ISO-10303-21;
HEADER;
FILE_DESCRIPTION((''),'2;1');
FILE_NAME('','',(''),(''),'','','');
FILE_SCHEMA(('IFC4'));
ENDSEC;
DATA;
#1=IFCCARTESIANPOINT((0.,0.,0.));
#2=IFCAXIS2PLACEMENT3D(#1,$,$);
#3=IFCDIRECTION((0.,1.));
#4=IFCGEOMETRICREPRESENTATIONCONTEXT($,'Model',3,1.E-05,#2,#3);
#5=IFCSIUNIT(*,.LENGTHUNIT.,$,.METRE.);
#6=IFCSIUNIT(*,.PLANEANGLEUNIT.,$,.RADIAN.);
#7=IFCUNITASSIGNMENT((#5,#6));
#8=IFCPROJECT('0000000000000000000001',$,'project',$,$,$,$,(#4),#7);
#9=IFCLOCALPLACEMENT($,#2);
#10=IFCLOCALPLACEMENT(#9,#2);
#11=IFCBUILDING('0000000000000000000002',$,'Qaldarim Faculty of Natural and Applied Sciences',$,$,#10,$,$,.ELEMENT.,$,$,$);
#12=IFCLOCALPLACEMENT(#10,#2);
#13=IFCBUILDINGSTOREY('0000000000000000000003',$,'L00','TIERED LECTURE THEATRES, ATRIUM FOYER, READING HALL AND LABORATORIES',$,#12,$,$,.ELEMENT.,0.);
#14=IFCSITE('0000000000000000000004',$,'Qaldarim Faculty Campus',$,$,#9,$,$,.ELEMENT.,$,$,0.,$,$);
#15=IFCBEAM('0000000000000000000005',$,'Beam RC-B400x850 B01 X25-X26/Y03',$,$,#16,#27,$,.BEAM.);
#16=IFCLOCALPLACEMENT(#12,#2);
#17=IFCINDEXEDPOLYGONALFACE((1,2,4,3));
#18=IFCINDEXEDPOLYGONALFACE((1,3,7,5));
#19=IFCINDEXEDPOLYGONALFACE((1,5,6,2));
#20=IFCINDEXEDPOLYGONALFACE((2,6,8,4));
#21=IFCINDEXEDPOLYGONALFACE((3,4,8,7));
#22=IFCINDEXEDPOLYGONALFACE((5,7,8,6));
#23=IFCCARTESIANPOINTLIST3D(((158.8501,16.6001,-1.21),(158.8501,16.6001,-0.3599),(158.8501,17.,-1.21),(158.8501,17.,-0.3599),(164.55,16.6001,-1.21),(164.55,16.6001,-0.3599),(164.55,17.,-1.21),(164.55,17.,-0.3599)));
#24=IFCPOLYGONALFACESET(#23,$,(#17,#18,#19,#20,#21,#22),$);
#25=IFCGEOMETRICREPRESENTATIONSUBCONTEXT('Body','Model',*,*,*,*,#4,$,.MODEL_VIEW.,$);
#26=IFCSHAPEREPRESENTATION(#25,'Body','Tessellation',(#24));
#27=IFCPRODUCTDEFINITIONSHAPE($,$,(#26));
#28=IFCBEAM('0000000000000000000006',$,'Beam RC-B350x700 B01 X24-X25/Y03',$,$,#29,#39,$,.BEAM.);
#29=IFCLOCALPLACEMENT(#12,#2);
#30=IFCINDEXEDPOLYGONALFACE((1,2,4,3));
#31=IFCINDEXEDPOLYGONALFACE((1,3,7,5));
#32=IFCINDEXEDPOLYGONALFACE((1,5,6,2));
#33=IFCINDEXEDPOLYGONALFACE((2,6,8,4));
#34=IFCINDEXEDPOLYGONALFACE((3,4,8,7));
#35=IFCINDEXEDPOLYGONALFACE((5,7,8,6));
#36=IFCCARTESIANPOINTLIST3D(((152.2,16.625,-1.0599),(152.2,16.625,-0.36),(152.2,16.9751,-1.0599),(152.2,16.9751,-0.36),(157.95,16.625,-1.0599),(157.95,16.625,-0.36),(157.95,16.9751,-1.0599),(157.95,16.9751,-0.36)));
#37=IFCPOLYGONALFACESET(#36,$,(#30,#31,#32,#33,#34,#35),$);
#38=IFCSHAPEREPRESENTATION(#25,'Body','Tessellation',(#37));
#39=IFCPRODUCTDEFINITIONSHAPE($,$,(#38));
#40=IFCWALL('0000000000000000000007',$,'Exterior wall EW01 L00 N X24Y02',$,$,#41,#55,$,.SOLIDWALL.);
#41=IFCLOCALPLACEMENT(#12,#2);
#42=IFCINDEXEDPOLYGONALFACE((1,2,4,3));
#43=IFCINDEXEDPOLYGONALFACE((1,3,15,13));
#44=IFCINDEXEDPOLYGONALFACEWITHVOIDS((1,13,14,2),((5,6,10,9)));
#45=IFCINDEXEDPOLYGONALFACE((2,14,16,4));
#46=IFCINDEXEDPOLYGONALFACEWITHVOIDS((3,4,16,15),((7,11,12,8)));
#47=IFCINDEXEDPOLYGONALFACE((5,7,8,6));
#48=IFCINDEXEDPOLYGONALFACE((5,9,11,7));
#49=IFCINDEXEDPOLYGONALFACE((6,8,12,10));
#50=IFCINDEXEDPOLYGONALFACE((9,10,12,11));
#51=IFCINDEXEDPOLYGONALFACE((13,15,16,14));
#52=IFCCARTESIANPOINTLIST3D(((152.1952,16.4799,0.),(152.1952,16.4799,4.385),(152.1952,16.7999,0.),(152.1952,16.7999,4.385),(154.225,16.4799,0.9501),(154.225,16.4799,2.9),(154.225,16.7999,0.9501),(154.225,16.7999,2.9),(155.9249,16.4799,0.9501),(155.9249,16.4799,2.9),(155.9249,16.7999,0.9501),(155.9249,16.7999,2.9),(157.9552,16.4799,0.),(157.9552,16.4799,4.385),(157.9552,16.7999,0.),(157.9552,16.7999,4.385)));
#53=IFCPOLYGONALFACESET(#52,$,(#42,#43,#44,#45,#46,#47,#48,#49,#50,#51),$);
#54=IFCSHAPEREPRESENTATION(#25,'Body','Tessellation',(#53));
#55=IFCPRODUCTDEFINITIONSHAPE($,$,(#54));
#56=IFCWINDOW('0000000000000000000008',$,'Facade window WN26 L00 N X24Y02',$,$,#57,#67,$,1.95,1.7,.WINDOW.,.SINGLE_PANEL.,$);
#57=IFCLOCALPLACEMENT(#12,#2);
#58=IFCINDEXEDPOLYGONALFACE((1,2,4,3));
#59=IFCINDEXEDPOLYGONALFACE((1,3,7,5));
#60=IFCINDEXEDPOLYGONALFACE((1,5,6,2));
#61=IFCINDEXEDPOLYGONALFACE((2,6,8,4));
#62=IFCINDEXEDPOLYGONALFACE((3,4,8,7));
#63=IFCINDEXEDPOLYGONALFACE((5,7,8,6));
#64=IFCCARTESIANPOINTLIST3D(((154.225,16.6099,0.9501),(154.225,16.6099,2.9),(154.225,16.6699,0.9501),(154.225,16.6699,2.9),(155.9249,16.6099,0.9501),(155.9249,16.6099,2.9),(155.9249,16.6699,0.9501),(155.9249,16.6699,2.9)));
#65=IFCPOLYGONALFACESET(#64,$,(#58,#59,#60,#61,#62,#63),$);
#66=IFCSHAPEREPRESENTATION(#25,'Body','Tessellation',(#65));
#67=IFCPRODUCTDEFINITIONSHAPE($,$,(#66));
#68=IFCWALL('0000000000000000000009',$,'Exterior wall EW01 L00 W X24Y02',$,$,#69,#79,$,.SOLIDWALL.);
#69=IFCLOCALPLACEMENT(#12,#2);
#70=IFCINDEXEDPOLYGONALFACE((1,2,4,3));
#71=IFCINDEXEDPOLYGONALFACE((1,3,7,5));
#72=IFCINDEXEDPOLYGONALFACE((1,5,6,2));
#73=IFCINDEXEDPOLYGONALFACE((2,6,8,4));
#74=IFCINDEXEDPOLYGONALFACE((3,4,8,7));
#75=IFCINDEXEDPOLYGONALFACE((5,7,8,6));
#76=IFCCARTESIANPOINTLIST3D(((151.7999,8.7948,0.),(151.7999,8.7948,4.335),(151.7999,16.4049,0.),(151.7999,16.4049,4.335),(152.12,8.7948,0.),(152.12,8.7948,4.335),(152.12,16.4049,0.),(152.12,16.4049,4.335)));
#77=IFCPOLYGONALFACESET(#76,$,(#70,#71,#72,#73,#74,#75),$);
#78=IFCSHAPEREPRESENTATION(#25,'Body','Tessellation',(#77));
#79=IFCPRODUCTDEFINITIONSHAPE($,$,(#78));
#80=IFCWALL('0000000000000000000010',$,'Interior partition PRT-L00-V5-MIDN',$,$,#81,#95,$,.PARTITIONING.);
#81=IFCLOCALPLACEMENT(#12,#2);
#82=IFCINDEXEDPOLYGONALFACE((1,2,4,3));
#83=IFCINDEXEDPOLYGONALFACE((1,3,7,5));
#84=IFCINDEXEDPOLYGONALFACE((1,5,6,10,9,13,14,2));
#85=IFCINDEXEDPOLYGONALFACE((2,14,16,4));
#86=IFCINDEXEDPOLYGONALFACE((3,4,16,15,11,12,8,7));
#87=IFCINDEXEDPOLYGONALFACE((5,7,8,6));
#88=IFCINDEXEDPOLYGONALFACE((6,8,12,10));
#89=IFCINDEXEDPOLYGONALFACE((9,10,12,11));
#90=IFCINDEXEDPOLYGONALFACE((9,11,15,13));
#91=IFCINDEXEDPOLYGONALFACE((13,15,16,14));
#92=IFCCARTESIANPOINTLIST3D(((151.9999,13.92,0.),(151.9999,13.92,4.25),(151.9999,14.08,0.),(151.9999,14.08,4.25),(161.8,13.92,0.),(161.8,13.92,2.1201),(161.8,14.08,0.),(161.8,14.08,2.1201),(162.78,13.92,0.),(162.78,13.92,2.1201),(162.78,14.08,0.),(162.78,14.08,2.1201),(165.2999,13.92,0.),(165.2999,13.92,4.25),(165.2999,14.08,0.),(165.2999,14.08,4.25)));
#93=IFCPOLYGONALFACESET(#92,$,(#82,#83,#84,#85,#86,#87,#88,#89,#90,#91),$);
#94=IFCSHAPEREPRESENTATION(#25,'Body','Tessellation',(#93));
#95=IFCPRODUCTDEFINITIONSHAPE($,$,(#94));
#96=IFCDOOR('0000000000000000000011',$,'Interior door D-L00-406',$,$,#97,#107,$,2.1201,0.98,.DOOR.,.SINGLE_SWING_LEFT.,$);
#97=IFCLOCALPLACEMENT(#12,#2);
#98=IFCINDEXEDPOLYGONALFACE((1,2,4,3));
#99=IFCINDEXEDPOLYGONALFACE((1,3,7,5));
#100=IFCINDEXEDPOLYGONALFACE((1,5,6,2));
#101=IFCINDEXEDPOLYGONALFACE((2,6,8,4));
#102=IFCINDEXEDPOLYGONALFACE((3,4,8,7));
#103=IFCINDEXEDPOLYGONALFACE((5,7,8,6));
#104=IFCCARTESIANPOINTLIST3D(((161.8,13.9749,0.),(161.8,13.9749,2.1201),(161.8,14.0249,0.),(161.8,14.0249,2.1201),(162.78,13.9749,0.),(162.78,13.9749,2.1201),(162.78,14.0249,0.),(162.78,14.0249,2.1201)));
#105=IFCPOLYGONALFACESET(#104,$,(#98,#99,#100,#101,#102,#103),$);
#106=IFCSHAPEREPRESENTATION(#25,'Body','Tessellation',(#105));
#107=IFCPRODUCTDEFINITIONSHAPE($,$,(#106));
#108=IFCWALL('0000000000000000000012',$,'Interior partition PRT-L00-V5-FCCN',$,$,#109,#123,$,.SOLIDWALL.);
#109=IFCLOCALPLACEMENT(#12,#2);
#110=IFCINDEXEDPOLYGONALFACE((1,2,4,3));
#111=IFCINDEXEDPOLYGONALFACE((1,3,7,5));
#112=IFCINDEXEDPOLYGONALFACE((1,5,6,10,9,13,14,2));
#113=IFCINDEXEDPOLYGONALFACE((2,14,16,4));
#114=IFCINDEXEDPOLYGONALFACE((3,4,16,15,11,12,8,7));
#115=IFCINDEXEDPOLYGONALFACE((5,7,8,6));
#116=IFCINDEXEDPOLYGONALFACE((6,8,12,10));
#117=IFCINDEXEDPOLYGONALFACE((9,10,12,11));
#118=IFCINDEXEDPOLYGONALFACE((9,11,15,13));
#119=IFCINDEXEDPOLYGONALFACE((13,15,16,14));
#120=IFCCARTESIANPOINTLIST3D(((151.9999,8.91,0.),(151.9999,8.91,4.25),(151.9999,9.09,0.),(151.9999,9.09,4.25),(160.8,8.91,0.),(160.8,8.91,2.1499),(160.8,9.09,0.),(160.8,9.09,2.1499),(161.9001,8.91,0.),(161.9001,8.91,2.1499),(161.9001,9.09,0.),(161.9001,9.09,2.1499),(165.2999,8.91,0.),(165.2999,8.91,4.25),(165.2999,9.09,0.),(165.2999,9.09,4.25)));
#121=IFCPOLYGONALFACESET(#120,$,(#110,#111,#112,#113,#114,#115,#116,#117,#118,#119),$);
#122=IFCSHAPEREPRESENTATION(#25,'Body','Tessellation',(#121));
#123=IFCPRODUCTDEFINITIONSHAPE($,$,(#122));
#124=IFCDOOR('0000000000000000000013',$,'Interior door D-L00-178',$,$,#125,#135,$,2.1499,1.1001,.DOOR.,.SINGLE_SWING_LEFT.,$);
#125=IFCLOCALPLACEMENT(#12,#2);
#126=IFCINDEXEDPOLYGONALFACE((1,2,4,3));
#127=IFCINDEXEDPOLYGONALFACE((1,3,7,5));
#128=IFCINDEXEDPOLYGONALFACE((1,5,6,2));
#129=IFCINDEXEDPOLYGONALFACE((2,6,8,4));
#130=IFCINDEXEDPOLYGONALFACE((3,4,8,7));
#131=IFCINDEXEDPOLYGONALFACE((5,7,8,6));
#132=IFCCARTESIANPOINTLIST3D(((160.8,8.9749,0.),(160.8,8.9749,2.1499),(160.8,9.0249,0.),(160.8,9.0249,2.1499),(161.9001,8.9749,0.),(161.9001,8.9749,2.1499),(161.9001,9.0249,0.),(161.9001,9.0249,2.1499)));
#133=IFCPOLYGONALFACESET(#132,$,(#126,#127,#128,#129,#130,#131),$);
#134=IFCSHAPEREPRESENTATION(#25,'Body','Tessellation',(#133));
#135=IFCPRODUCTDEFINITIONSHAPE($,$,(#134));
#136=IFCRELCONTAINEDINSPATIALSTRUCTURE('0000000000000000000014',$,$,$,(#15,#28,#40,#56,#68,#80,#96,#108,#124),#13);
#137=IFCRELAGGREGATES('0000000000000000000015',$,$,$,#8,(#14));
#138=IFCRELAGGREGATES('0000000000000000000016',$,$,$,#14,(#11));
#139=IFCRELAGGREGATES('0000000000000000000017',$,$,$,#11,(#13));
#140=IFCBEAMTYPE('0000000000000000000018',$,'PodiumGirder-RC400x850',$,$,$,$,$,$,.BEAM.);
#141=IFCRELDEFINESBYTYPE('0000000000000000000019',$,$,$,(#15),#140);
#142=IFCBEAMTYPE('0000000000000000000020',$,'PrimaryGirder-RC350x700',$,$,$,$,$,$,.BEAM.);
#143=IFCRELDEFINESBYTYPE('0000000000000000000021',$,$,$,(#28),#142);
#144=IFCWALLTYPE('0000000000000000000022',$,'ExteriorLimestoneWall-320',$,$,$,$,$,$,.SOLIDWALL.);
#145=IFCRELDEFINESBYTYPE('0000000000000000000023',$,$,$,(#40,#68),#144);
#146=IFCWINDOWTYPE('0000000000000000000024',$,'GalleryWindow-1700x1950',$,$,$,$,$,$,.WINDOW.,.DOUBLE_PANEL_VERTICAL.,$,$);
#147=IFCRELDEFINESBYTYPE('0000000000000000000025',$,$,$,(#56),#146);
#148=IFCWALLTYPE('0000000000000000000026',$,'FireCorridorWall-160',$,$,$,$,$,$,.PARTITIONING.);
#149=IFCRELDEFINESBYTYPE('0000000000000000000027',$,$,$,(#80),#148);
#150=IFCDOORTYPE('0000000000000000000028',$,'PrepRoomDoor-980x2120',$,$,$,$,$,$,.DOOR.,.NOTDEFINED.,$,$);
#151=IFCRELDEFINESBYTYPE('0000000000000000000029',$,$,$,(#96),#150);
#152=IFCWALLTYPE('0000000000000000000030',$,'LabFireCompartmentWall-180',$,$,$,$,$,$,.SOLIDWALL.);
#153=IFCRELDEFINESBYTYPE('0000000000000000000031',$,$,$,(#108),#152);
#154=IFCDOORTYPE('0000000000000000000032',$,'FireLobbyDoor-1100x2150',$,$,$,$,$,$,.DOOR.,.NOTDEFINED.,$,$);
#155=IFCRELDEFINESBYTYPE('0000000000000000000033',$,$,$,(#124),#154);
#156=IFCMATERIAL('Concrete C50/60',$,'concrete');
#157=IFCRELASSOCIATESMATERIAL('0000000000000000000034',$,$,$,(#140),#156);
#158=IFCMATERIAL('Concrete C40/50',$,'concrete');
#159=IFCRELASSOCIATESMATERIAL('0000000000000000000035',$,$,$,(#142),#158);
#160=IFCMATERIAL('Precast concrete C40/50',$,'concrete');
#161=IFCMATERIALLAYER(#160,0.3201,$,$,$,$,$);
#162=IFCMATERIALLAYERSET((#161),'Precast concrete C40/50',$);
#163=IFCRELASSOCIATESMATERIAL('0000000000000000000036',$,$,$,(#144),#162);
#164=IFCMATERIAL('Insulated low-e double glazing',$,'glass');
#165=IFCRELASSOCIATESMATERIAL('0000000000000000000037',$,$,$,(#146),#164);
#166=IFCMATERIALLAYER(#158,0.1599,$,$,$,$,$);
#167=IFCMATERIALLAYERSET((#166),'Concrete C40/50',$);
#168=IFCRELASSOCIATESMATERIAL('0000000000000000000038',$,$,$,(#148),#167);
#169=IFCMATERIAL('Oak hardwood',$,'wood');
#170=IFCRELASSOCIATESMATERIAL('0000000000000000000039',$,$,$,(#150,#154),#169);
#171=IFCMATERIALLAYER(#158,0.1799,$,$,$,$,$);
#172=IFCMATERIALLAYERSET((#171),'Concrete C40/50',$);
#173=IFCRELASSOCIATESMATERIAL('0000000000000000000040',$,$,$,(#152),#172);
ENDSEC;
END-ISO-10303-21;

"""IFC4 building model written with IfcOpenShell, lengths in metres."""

from ifc_helpers import new_model, si_unit, direction, frame, frame_2d, origin, origin_2d, place, context, subcontext, project, spatial, rectangle, extrude, material, layer, layer_set, material_profile, profile_set, type_object, element, fill, save


model = new_model("IFC4")

# Units and contexts
model_context = context("Model", 3, precision=1e-05, world=origin(), true_north=direction((0.0, 1.0)))
body_context = subcontext(model_context, "Body", "Model", "MODEL_VIEW")
ifc_project = project(units=[si_unit("LENGTHUNIT", "METRE"), si_unit("PLANEANGLEUNIT", "RADIAN")], contexts=[model_context])

# Site, building, storey
site_placement = place(None, origin())
site = spatial("IfcSite", under=ifc_project, at=site_placement, Name="Qaldarim Faculty Campus", CompositionType="ELEMENT", RefElevation=0.0)
building_placement = place(site_placement, origin())
building = spatial("IfcBuilding", under=site, at=building_placement, Name="Qaldarim Faculty of Natural and Applied Sciences", CompositionType="ELEMENT")
storey_placement = place(building_placement, origin())
storey = spatial("IfcBuildingStorey", under=building, at=storey_placement, Name="L00", Description="TIERED LECTURE THEATRES, ATRIUM FOYER, READING HALL AND LABORATORIES", CompositionType="ELEMENT", Elevation=0.0)

# Shared definitions
ifc_material_1 = material(Name="Concrete C40/50", Category="concrete")

# Shared definitions
ifc_material_2 = material(Name="Concrete C50/60", Category="concrete")

# Beams
ifc_material_profile_1 = material_profile(ifc_material_2, rectangle(XDim=0.3999, YDim=0.8501, at=origin_2d()), Name="RC-B400x850")
ifc_profile_set_1 = profile_set([ifc_material_profile_1], Name="Concrete C50/60")
beam_type_1 = type_object("IfcBeamType", Name="PodiumGirder-RC400x850", PredefinedType="BEAM", material=ifc_profile_set_1)
for number, where, z_axis, x_axis, name in (
    (1, (158.8501, 16.8, -0.7849), (1.0, 0.0, 0.0), (0.0, 1.0, 0.0), "Beam RC-B400x850 B01 X25-X26/Y03"),
):
    element("IfcBeam", number, at=place(storey_placement, frame(where, z_axis=z_axis, x_axis=x_axis)), inside=storey, type_object=beam_type_1, Name=name, PredefinedType="BEAM", context=body_context, shape_type="SweptSolid", body=[
        extrude(rectangle(XDim=0.3999, YDim=0.8501, at=origin_2d()), origin(), (0.0, 0.0, 1.0), 5.7),
    ])
ifc_material_profile_2 = material_profile(ifc_material_1, rectangle(XDim=0.3501, YDim=0.7, at=origin_2d()), Name="RC-B350x700")
ifc_profile_set_2 = profile_set([ifc_material_profile_2], Name="Concrete C40/50")
beam_type_2 = type_object("IfcBeamType", Name="PrimaryGirder-RC350x700", PredefinedType="BEAM", material=ifc_profile_set_2)
beam_1_placement = place(storey_placement, frame((152.2, 16.8, -0.71), z_axis=(1.0, 0.0, 0.0), x_axis=(0.0, 1.0, 0.0)))
element("IfcBeam", 2, at=beam_1_placement, inside=storey, type_object=beam_type_2, Name="Beam RC-B350x700 B01 X24-X25/Y03", PredefinedType="BEAM", context=body_context, shape_type="SweptSolid", body=[
    extrude(rectangle(XDim=0.3501, YDim=0.7, at=origin_2d()), origin(), (0.0, 0.0, 1.0), 5.75),
])

# Wall, opening, window
ifc_material_3 = material(Name="Precast concrete C40/50", Category="concrete")
ifc_layer_1 = layer(ifc_material_3, 0.3201)
ifc_layer_set_1 = layer_set([ifc_layer_1], Name="Precast concrete C40/50")
wall_type_1 = type_object("IfcWallType", Name="ExteriorLimestoneWall-320", PredefinedType="SOLIDWALL", material=ifc_layer_set_1)
wall_1_placement = place(storey_placement, frame((157.9551, 16.6399, 0.0), z_axis=(0.0, 0.0, 1.0), x_axis=(-1.0, 0.0, 0.0)))
wall_1 = element("IfcWall", 3, at=wall_1_placement, inside=storey, type_object=wall_type_1, Name="Exterior wall EW01 L00 N X24Y02", PredefinedType="SOLIDWALL", context=body_context, shape_type="SweptSolid", body=[
    extrude(rectangle(XDim=5.76, YDim=0.3201, at=frame_2d((2.8799, 0.0))), origin(), (0.0, 0.0, 1.0), 4.385),
])
opening_1_placement = place(wall_1_placement, frame((2.03, 0.0, 0.95)))
opening_1 = element("IfcOpeningElement", 4, at=opening_1_placement, cuts=wall_1, PredefinedType="OPENING", context=body_context, shape_type="SweptSolid", body=[
    extrude(rectangle(XDim=1.7, YDim=1.95, at=frame_2d((0.8501, 0.9751))), frame((0.0, 0.1699, 0.0), z_axis=(0.0, -1.0, 0.0), x_axis=(1.0, 0.0, 0.0)), (0.0, 0.0, 1.0), 0.3401),
])
ifc_material_4 = material(Name="Insulated low-e double glazing", Category="glass")
window_type = type_object("IfcWindowType", Name="GalleryWindow-1700x1950", PartitioningType="DOUBLE_PANEL_VERTICAL", PredefinedType="WINDOW", material=ifc_material_4)
window_placement = place(opening_1_placement, origin())
window = element("IfcWindow", 5, at=window_placement, inside=storey, type_object=window_type, Name="Facade window WN26 L00 N X24Y02", OverallHeight=1.95, OverallWidth=1.7, PartitioningType="SINGLE_PANEL", PredefinedType="WINDOW", context=body_context, shape_type="SweptSolid", body=[
    extrude(rectangle(XDim=1.7, YDim=1.95, at=frame_2d((0.8501, 0.9751))), frame((0.0, 0.03, 0.0), z_axis=(0.0, -1.0, 0.0), x_axis=(1.0, 0.0, 0.0)), (0.0, 0.0, 1.0), 0.0601),
])
fill(opening_1, window)

# Wall
wall_2_placement = place(storey_placement, frame((151.96, 16.405, 0.0), z_axis=(0.0, 0.0, 1.0), x_axis=(0.0, -1.0, 0.0)))
element("IfcWall", 6, at=wall_2_placement, inside=storey, type_object=wall_type_1, Name="Exterior wall EW01 L00 W X24Y02", PredefinedType="SOLIDWALL", context=body_context, shape_type="SweptSolid", body=[
    extrude(rectangle(XDim=7.6101, YDim=0.3201, at=frame_2d((3.8052, 0.0))), origin(), (0.0, 0.0, 1.0), 4.335),
])

# Walls, openings, doors
ifc_layer_2 = layer(ifc_material_1, 0.1599)
ifc_layer_set_2 = layer_set([ifc_layer_2], Name="Concrete C40/50")
wall_type_2 = type_object("IfcWallType", Name="FireCorridorWall-160", PredefinedType="PARTITIONING", material=ifc_layer_set_2)
wall_3_placement = place(storey_placement, frame((152.0, 14.0, 0.0), z_axis=(0.0, 0.0, 1.0), x_axis=(1.0, 0.0, 0.0)))
wall_3 = element("IfcWall", 7, at=wall_3_placement, inside=storey, type_object=wall_type_2, Name="Interior partition PRT-L00-V5-MIDN", PredefinedType="PARTITIONING", context=body_context, shape_type="SweptSolid", body=[
    extrude(rectangle(XDim=13.3, YDim=0.1599, at=frame_2d((6.6499, 0.0))), origin(), (0.0, 0.0, 1.0), 4.25),
])
opening_2_placement = place(wall_3_placement, frame((9.8, 0.0, 0.0)))
opening_2 = element("IfcOpeningElement", 8, at=opening_2_placement, cuts=wall_3, PredefinedType="OPENING", context=body_context, shape_type="SweptSolid", body=[
    extrude(rectangle(XDim=0.98, YDim=2.1201, at=frame_2d((0.49, 1.0601))), frame((0.0, 0.0898, 0.0), z_axis=(0.0, -1.0, 0.0), x_axis=(1.0, 0.0, 0.0)), (0.0, 0.0, 1.0), 0.1799),
])
ifc_material_5 = material(Name="Oak hardwood", Category="wood")
door_type_1 = type_object("IfcDoorType", Name="PrepRoomDoor-980x2120", OperationType="NOTDEFINED", PredefinedType="DOOR", material=ifc_material_5)
door_1_placement = place(opening_2_placement, origin())
door_1 = element("IfcDoor", 9, at=door_1_placement, inside=storey, type_object=door_type_1, Name="Interior door D-L00-406", OperationType="SINGLE_SWING_LEFT", OverallHeight=2.1201, OverallWidth=0.98, PredefinedType="DOOR", context=body_context, shape_type="SweptSolid", body=[
    extrude(rectangle(XDim=0.98, YDim=2.1201, at=frame_2d((0.49, 1.0601))), frame((0.0, 0.0249, 0.0), z_axis=(0.0, -1.0, 0.0), x_axis=(1.0, 0.0, 0.0)), (0.0, 0.0, 1.0), 0.05),
])
fill(opening_2, door_1)
ifc_layer_3 = layer(ifc_material_1, 0.1799)
ifc_layer_set_3 = layer_set([ifc_layer_3], Name="Concrete C40/50")
wall_type_3 = type_object("IfcWallType", Name="LabFireCompartmentWall-180", PredefinedType="SOLIDWALL", material=ifc_layer_set_3)
wall_4_placement = place(storey_placement, frame((152.0, 9.0, 0.0), z_axis=(0.0, 0.0, 1.0), x_axis=(1.0, 0.0, 0.0)))
wall_4 = element("IfcWall", 10, at=wall_4_placement, inside=storey, type_object=wall_type_3, Name="Interior partition PRT-L00-V5-FCCN", PredefinedType="SOLIDWALL", context=body_context, shape_type="SweptSolid", body=[
    extrude(rectangle(XDim=13.3, YDim=0.1799, at=frame_2d((6.6499, 0.0))), origin(), (0.0, 0.0, 1.0), 4.25),
])
opening_3_placement = place(wall_4_placement, frame((8.8, 0.0, 0.0)))
opening_3 = element("IfcOpeningElement", 11, at=opening_3_placement, cuts=wall_4, PredefinedType="OPENING", context=body_context, shape_type="SweptSolid", body=[
    extrude(rectangle(XDim=1.1001, YDim=2.1499, at=frame_2d((0.55, 1.075))), frame((0.0, 0.0999, 0.0), z_axis=(0.0, -1.0, 0.0), x_axis=(1.0, 0.0, 0.0)), (0.0, 0.0, 1.0), 0.2),
])
door_type_2 = type_object("IfcDoorType", Name="FireLobbyDoor-1100x2150", OperationType="NOTDEFINED", PredefinedType="DOOR", material=ifc_material_5)
door_2_placement = place(opening_3_placement, origin())
door_2 = element("IfcDoor", 12, at=door_2_placement, inside=storey, type_object=door_type_2, Name="Interior door D-L00-178", OperationType="SINGLE_SWING_LEFT", OverallHeight=2.1499, OverallWidth=1.1001, PredefinedType="DOOR", context=body_context, shape_type="SweptSolid", body=[
    extrude(rectangle(XDim=1.1001, YDim=2.1499, at=frame_2d((0.55, 1.075))), frame((0.0, 0.0249, 0.0), z_axis=(0.0, -1.0, 0.0), x_axis=(1.0, 0.0, 0.0)), (0.0, 0.0, 1.0), 0.05),
])
fill(opening_3, door_2)

save(model, "model.ifc")
